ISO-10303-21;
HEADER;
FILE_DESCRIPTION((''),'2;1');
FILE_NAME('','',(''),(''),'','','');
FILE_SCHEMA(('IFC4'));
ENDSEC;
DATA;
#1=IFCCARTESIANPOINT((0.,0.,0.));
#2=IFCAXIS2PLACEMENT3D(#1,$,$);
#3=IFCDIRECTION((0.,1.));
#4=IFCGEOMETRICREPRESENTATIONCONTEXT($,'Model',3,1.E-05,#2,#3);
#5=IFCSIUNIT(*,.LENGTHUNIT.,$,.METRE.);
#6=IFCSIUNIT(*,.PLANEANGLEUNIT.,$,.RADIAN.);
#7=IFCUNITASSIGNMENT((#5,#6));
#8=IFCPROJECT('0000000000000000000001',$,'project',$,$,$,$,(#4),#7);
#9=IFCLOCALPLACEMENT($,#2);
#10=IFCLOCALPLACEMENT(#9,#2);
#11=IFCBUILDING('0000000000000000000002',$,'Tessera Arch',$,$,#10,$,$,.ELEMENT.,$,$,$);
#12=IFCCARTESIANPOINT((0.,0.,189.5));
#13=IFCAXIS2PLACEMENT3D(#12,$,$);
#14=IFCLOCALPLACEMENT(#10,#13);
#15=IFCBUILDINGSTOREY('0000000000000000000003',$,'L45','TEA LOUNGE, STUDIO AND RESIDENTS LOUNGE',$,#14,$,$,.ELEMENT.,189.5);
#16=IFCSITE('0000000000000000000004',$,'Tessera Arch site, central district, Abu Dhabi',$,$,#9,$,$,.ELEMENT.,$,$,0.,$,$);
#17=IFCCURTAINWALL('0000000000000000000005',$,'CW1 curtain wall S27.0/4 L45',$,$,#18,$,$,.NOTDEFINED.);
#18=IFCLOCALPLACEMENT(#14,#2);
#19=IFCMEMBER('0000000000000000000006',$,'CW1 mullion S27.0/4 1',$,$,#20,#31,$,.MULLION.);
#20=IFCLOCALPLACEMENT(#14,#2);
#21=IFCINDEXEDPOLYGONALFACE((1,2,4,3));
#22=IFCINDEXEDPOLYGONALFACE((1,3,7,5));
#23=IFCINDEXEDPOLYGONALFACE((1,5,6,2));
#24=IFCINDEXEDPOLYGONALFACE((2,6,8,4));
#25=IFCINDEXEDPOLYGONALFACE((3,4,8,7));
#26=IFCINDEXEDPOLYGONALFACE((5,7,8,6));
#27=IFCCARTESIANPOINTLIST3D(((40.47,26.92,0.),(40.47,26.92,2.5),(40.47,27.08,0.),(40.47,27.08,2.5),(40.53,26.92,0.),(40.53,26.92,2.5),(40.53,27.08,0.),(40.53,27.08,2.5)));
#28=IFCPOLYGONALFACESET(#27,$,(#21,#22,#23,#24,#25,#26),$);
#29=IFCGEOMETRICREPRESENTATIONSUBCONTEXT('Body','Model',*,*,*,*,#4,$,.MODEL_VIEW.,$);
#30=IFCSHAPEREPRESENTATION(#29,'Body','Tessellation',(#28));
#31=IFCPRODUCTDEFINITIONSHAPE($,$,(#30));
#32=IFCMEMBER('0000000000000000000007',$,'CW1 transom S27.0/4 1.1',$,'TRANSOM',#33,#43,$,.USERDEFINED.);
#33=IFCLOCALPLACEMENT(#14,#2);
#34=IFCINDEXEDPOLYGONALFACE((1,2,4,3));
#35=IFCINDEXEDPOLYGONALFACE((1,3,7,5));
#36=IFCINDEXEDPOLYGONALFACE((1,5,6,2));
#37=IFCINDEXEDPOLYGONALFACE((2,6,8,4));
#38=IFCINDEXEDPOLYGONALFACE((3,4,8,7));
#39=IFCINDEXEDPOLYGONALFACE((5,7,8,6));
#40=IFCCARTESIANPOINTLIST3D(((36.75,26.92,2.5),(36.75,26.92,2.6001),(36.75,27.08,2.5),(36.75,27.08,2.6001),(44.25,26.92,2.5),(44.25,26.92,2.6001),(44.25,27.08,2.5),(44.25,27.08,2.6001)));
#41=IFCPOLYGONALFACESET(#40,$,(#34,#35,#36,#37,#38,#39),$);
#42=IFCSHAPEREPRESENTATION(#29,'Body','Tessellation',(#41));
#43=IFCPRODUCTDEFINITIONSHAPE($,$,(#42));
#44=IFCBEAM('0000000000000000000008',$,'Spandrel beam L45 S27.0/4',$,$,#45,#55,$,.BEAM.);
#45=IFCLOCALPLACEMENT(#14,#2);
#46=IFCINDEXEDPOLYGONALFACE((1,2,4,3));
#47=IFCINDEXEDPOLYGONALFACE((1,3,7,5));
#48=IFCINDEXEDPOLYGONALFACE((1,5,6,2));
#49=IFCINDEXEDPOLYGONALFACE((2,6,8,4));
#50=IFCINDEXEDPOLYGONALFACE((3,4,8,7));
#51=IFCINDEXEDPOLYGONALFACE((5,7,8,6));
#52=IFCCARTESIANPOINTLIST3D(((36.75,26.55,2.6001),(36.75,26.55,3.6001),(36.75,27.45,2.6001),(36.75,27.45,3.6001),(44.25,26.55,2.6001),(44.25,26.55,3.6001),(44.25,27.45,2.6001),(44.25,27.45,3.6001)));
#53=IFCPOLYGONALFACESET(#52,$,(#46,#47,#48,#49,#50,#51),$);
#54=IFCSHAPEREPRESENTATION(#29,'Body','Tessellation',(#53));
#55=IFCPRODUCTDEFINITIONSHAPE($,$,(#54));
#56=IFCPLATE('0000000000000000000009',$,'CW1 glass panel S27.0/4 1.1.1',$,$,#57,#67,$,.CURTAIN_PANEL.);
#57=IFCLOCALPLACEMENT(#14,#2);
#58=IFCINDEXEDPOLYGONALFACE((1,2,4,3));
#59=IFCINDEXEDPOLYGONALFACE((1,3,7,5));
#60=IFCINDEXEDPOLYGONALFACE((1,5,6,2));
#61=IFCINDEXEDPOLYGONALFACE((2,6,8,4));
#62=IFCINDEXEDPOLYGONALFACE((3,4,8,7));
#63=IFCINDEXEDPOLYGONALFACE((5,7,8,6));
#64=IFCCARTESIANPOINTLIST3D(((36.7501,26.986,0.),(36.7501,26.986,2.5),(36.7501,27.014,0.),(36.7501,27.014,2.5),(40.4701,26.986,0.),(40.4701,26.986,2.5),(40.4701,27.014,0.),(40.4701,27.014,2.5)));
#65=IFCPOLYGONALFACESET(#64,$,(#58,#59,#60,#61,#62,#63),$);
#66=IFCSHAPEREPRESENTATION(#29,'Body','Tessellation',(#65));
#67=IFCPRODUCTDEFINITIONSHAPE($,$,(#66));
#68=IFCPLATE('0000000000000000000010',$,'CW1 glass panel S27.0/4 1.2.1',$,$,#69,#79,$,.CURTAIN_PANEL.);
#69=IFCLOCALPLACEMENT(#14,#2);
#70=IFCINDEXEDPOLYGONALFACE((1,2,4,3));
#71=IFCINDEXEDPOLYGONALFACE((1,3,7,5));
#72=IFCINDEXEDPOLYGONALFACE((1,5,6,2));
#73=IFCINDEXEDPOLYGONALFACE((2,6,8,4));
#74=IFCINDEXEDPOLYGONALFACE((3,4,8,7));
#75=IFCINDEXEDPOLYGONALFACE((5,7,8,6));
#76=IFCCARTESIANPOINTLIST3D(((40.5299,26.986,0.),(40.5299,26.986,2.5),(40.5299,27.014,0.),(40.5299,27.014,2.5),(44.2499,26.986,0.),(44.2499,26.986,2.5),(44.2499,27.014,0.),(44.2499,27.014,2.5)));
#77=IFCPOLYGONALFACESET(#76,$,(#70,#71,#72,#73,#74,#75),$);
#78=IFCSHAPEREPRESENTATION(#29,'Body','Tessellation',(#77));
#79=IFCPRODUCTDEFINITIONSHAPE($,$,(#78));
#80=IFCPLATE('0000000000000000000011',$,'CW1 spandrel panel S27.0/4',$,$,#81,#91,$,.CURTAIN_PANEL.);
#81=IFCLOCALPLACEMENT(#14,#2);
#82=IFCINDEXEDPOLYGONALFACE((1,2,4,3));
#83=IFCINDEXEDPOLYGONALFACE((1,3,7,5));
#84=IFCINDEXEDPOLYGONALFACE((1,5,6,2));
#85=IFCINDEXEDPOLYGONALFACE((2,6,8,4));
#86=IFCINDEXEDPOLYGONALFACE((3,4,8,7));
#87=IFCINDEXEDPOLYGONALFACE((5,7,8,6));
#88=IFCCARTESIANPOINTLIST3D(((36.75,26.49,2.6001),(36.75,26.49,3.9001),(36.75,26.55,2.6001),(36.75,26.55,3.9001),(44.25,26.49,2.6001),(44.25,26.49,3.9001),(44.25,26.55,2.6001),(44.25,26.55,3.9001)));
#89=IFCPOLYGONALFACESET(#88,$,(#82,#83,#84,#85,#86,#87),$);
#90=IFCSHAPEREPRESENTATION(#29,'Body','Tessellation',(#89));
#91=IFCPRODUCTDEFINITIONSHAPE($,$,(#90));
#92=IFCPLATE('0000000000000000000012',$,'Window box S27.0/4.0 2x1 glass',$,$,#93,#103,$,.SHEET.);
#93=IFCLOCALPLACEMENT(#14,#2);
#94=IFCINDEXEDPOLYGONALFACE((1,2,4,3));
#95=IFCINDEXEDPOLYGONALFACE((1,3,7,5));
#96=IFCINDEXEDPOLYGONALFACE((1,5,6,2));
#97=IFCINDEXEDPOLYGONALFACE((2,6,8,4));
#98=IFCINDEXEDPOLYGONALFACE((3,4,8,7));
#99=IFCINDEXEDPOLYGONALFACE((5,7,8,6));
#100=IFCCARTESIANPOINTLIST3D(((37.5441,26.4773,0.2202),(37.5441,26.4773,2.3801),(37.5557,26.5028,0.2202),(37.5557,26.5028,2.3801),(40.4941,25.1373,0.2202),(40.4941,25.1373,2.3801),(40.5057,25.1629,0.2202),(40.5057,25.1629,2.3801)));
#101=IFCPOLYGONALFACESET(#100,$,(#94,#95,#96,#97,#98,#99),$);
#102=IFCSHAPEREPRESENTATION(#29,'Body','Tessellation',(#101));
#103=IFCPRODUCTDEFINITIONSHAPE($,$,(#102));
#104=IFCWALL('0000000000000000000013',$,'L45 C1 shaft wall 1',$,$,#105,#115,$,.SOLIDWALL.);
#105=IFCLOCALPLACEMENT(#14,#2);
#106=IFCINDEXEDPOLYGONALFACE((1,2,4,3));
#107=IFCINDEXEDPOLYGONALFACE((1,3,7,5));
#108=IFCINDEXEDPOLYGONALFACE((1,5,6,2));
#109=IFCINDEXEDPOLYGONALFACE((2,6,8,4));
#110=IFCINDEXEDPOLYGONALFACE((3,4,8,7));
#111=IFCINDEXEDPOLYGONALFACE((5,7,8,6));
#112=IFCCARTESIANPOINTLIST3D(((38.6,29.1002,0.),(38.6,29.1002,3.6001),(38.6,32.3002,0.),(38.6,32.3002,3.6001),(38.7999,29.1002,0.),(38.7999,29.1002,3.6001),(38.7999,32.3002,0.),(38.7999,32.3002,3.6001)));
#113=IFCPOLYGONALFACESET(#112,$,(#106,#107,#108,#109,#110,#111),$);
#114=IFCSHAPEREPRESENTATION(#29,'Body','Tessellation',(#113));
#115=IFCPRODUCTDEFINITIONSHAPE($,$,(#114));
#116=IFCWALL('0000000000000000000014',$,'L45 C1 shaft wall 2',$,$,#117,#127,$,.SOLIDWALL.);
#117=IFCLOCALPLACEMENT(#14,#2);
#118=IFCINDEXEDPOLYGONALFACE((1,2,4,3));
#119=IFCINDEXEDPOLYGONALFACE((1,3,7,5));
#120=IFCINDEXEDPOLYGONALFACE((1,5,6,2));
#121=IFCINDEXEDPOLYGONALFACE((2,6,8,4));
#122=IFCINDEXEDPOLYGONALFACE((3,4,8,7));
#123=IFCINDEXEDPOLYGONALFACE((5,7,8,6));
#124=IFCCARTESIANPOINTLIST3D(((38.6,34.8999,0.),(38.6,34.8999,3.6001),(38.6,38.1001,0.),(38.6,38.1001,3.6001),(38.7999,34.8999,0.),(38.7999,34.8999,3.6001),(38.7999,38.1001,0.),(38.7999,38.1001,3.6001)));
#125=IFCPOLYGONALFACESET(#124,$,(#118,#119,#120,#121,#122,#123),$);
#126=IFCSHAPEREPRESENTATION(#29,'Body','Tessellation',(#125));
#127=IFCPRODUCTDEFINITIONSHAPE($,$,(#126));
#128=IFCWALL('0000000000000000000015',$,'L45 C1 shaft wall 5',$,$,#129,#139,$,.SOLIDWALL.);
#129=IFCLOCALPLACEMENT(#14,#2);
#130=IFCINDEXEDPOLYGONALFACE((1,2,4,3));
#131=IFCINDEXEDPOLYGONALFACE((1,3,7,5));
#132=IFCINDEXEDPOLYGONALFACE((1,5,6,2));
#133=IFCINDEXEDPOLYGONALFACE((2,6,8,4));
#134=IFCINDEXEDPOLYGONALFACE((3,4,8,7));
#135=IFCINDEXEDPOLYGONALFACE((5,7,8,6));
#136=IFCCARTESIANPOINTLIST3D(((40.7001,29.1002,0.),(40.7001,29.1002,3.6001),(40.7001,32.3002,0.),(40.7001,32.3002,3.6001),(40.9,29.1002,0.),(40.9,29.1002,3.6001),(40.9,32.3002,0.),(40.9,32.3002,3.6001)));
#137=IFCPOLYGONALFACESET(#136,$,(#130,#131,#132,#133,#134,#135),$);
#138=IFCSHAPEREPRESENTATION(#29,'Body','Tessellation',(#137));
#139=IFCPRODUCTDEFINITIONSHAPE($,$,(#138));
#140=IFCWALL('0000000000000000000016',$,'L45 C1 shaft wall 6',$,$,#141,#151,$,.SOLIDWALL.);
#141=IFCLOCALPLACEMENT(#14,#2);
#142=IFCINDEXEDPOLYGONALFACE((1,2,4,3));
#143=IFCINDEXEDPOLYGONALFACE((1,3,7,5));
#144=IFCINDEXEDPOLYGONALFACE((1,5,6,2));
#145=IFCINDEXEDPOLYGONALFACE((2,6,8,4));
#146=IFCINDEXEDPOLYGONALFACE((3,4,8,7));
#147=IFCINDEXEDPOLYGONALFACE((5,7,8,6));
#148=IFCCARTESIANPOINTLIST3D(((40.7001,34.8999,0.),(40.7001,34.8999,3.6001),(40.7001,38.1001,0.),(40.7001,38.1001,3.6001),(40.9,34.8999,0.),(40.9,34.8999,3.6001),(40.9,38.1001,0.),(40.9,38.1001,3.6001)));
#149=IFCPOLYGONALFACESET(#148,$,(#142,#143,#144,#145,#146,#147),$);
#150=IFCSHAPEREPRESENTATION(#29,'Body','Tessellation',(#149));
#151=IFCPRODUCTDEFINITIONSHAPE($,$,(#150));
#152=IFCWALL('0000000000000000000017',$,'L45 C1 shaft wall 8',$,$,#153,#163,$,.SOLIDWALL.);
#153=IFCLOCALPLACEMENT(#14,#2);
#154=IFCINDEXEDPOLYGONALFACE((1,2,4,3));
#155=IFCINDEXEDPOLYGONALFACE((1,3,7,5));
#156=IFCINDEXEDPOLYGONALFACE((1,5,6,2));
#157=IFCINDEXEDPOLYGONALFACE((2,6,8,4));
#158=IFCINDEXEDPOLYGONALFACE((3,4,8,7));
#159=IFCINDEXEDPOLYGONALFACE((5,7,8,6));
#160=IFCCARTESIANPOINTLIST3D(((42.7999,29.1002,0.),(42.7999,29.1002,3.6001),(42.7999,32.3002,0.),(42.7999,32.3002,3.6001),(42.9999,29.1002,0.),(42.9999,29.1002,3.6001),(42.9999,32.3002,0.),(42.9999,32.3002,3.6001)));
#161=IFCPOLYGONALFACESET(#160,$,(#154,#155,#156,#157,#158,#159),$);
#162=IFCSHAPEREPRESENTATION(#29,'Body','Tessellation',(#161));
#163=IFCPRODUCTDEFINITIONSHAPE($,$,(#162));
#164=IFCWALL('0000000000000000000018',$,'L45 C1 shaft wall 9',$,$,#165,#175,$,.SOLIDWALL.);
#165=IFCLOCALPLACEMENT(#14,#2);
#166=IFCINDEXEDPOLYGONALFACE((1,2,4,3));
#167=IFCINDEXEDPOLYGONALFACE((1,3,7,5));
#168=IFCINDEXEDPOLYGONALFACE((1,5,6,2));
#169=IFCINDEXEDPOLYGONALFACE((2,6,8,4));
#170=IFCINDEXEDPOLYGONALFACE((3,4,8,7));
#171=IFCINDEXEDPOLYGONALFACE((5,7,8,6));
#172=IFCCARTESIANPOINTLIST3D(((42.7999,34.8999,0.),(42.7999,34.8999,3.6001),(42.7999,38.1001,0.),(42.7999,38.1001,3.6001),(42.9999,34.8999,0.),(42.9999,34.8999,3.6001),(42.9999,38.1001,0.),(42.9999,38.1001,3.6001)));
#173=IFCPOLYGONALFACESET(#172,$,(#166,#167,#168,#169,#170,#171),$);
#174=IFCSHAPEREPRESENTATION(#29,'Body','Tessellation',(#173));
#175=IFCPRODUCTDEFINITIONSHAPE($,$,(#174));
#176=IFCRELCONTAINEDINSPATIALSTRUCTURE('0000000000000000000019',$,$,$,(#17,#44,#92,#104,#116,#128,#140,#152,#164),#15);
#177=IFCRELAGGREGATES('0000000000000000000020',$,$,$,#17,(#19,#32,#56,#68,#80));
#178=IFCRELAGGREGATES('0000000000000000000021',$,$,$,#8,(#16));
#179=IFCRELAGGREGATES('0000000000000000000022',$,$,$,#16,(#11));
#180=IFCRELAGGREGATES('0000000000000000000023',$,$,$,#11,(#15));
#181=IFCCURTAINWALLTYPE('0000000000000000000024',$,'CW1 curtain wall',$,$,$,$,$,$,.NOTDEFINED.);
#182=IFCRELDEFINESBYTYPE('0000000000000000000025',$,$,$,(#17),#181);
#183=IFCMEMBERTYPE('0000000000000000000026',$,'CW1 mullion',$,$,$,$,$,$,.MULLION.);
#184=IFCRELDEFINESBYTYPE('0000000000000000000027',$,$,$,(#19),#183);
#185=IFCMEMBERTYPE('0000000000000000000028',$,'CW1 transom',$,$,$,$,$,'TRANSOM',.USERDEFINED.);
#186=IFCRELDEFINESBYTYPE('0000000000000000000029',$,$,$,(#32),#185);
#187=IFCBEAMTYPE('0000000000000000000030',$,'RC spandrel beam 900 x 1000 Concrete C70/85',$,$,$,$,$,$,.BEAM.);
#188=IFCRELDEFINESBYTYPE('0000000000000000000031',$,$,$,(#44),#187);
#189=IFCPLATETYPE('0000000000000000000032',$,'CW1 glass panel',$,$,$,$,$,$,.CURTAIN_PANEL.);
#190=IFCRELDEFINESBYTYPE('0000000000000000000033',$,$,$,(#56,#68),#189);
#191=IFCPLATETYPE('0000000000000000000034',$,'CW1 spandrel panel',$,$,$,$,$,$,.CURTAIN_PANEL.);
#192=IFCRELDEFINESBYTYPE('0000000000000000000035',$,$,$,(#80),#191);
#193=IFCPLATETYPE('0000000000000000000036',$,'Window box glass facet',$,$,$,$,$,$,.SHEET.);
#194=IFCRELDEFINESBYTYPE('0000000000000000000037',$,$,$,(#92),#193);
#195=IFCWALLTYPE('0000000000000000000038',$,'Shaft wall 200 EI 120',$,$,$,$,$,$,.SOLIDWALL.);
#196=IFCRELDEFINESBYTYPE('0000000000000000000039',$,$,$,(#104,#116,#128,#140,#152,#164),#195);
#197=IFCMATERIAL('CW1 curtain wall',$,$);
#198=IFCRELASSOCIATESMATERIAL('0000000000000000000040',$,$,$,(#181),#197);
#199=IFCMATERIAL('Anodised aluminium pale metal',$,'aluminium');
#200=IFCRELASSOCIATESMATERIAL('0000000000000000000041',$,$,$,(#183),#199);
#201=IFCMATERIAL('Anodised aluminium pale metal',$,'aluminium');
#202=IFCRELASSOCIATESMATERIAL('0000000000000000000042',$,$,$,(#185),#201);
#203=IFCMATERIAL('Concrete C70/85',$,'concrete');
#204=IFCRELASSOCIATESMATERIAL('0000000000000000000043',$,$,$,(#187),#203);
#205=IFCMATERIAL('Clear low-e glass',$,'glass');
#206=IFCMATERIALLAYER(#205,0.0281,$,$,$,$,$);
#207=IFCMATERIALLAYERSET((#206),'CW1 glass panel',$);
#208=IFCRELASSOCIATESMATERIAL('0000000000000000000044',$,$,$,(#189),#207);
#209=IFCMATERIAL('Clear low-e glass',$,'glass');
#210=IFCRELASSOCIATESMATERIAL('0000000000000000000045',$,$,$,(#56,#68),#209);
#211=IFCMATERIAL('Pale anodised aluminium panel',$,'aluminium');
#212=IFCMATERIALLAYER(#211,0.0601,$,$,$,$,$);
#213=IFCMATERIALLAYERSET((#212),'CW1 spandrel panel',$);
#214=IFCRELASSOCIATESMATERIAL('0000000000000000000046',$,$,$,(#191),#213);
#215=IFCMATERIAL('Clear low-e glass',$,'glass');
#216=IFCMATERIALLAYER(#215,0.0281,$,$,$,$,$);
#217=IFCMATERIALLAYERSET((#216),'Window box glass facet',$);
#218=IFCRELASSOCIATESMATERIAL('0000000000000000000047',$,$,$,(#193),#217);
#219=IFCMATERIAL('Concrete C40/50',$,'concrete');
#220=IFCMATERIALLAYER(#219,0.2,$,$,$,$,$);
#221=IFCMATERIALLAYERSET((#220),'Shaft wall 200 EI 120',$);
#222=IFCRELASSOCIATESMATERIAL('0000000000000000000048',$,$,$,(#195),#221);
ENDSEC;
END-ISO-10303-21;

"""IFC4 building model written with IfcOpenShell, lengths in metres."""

from ifc_helpers import new_model, si_unit, direction, frame, frame_2d, origin, origin_2d, place, context, subcontext, project, spatial, rectangle, extrude, material, layer, layer_set, material_profile, profile_set, type_object, element, aggregate, save


model = new_model("IFC4")

# Units and contexts
model_context = context("Model", 3, precision=1e-05, world=origin(), true_north=direction((0.0, 1.0)))
body_context = subcontext(model_context, "Body", "Model", "MODEL_VIEW")
ifc_project = project(units=[si_unit("LENGTHUNIT", "METRE"), si_unit("PLANEANGLEUNIT", "RADIAN")], contexts=[model_context])

# Site, building, storey
site_placement = place(None, origin())
site = spatial("IfcSite", under=ifc_project, at=site_placement, Name="Tessera Arch site, central district, Abu Dhabi", CompositionType="ELEMENT", RefElevation=0.0)
building_placement = place(site_placement, origin())
building = spatial("IfcBuilding", under=site, at=building_placement, Name="Tessera Arch", CompositionType="ELEMENT")
storey_placement = place(building_placement, frame((0.0, 0.0, 189.5)))
storey = spatial("IfcBuildingStorey", under=building, at=storey_placement, Name="L45", Description="TEA LOUNGE, STUDIO AND RESIDENTS LOUNGE", CompositionType="ELEMENT", Elevation=189.5)

# Curtain wall, members
ifc_material_1 = material(Name="CW1 curtain wall")
curtain_wall_type = type_object("IfcCurtainWallType", Name="CW1 curtain wall", PredefinedType="NOTDEFINED", material=ifc_material_1)
curtain_wall_placement = place(storey_placement, origin())
curtain_wall = element("IfcCurtainWall", 1, at=curtain_wall_placement, inside=storey, type_object=curtain_wall_type, Name="CW1 curtain wall S27.0/4 L45", PredefinedType="NOTDEFINED")
ifc_material_2 = material(Name="Anodised aluminium pale metal", Category="aluminium")
ifc_material_profile_1 = material_profile(ifc_material_2, rectangle(XDim=0.1599, YDim=0.0601, at=origin_2d()), Name="AL 60x160")
ifc_profile_set_1 = profile_set([ifc_material_profile_1], Name="Anodised aluminium pale metal")
member_type_1 = type_object("IfcMemberType", Name="CW1 mullion", PredefinedType="MULLION", material=ifc_profile_set_1)
member_1_placement = place(storey_placement, frame((40.5, 27.0, 0.0), z_axis=(0.0, 0.0, 1.0), x_axis=(0.0, 1.0, 0.0)))
member_1 = element("IfcMember", 2, at=member_1_placement, type_object=member_type_1, Name="CW1 mullion S27.0/4 1", PredefinedType="MULLION", context=body_context, shape_type="SweptSolid", body=[
    extrude(rectangle(XDim=0.1599, YDim=0.0601, at=origin_2d()), origin(), (0.0, 0.0, 1.0), 2.5),
])
ifc_material_3 = material(Name="Anodised aluminium pale metal", Category="aluminium")
ifc_material_profile_2 = material_profile(ifc_material_3, rectangle(XDim=0.1599, YDim=0.1001, at=origin_2d()), Name="AL 160x100")
ifc_profile_set_2 = profile_set([ifc_material_profile_2], Name="Anodised aluminium pale metal")
member_type_2 = type_object("IfcMemberType", Name="CW1 transom", ElementType="TRANSOM", PredefinedType="USERDEFINED", material=ifc_profile_set_2)
member_2_placement = place(storey_placement, frame((36.75, 27.0, 2.55), z_axis=(1.0, 0.0, 0.0), x_axis=(0.0, 1.0, 0.0)))
member_2 = element("IfcMember", 3, at=member_2_placement, type_object=member_type_2, Name="CW1 transom S27.0/4 1.1", ObjectType="TRANSOM", PredefinedType="USERDEFINED", context=body_context, shape_type="SweptSolid", body=[
    extrude(rectangle(XDim=0.1599, YDim=0.1001, at=origin_2d()), origin(), (0.0, 0.0, 1.0), 7.5),
])

# Beam
ifc_material_4 = material(Name="Concrete C70/85", Category="concrete")
ifc_material_profile_3 = material_profile(ifc_material_4, rectangle(XDim=0.8999, YDim=1.0, at=origin_2d()), Name="RC spandrel beam 900 x 1000 Concrete C70/85")
ifc_profile_set_3 = profile_set([ifc_material_profile_3], Name="Concrete C70/85")
beam_type = type_object("IfcBeamType", Name="RC spandrel beam 900 x 1000 Concrete C70/85", PredefinedType="BEAM", material=ifc_profile_set_3)
beam_placement = place(storey_placement, frame((36.75, 27.0, 3.1001), z_axis=(1.0, 0.0, 0.0), x_axis=(0.0, 1.0, 0.0)))
element("IfcBeam", 4, at=beam_placement, inside=storey, type_object=beam_type, Name="Spandrel beam L45 S27.0/4", PredefinedType="BEAM", context=body_context, shape_type="SweptSolid", body=[
    extrude(rectangle(XDim=0.8999, YDim=1.0, at=origin_2d()), origin(), (0.0, 0.0, 1.0), 7.5),
])

# Plates
ifc_material_5 = material(Name="Clear low-e glass", Category="glass")
ifc_material_6 = material(Name="Clear low-e glass", Category="glass")
ifc_layer_1 = layer(ifc_material_6, 0.0281)
ifc_layer_set_1 = layer_set([ifc_layer_1], Name="CW1 glass panel")
plate_type_1 = type_object("IfcPlateType", Name="CW1 glass panel", PredefinedType="CURTAIN_PANEL", material=ifc_layer_set_1)
plate_1_placement = place(storey_placement, frame((38.6101, 27.0, 0.0), z_axis=(0.0, 0.0, 1.0), x_axis=(1.0, 0.0, 0.0)))
plate_1 = element("IfcPlate", 5, at=plate_1_placement, type_object=plate_type_1, material=ifc_material_5, Name="CW1 glass panel S27.0/4 1.1.1", PredefinedType="CURTAIN_PANEL", context=body_context, shape_type="SweptSolid", body=[
    extrude(rectangle(XDim=3.72, YDim=0.0281, at=origin_2d()), origin(), (0.0, 0.0, 1.0), 2.5),
])
plate_2_placement = place(storey_placement, frame((42.3899, 27.0, 0.0), z_axis=(0.0, 0.0, 1.0), x_axis=(1.0, 0.0, 0.0)))
plate_2 = element("IfcPlate", 6, at=plate_2_placement, type_object=plate_type_1, material=ifc_material_5, Name="CW1 glass panel S27.0/4 1.2.1", PredefinedType="CURTAIN_PANEL", context=body_context, shape_type="SweptSolid", body=[
    extrude(rectangle(XDim=3.72, YDim=0.0281, at=origin_2d()), origin(), (0.0, 0.0, 1.0), 2.5),
])
ifc_material_7 = material(Name="Pale anodised aluminium panel", Category="aluminium")
ifc_layer_2 = layer(ifc_material_7, 0.0601)
ifc_layer_set_2 = layer_set([ifc_layer_2], Name="CW1 spandrel panel")
plate_type_2 = type_object("IfcPlateType", Name="CW1 spandrel panel", PredefinedType="CURTAIN_PANEL", material=ifc_layer_set_2)
plate_3_placement = place(storey_placement, frame((40.5, 26.52, 2.6001), z_axis=(0.0, 0.0, 1.0), x_axis=(1.0, 0.0, 0.0)))
plate_3 = element("IfcPlate", 7, at=plate_3_placement, type_object=plate_type_2, Name="CW1 spandrel panel S27.0/4", PredefinedType="CURTAIN_PANEL", context=body_context, shape_type="SweptSolid", body=[
    extrude(rectangle(XDim=7.5, YDim=0.0601, at=origin_2d()), origin(), (0.0, 0.0, 1.0), 1.3),
])
aggregate(curtain_wall, [member_1, member_2, plate_1, plate_2, plate_3])
ifc_material_8 = material(Name="Clear low-e glass", Category="glass")
ifc_layer_3 = layer(ifc_material_8, 0.0281)
ifc_layer_set_3 = layer_set([ifc_layer_3], Name="Window box glass facet")
plate_type_3 = type_object("IfcPlateType", Name="Window box glass facet", PredefinedType="SHEET", material=ifc_layer_set_3)
plate_4_placement = place(storey_placement, frame((39.0249, 25.8201, 0.2202), z_axis=(0.0, 0.0, 1.0), x_axis=(0.910472, -0.41357, 0.0)))
element("IfcPlate", 8, at=plate_4_placement, inside=storey, type_object=plate_type_3, Name="Window box S27.0/4.0 2x1 glass", PredefinedType="SHEET", context=body_context, shape_type="SweptSolid", body=[
    extrude(rectangle(XDim=3.24, YDim=0.0281, at=origin_2d()), origin(), (0.0, 0.0, 1.0), 2.1599),
])

# Walls
ifc_material_9 = material(Name="Concrete C40/50", Category="concrete")
ifc_layer_4 = layer(ifc_material_9, 0.2)
ifc_layer_set_4 = layer_set([ifc_layer_4], Name="Shaft wall 200 EI 120")
wall_type = type_object("IfcWallType", Name="Shaft wall 200 EI 120", PredefinedType="SOLIDWALL", material=ifc_layer_set_4)
wall_1_placement = place(storey_placement, frame((38.7, 29.1001, 0.0), z_axis=(0.0, 0.0, 1.0), x_axis=(0.0, 1.0, 0.0)))
element("IfcWall", 9, at=wall_1_placement, inside=storey, type_object=wall_type, Name="L45 C1 shaft wall 1", PredefinedType="SOLIDWALL", context=body_context, shape_type="SweptSolid", body=[
    extrude(rectangle(XDim=3.2, YDim=0.2, at=frame_2d((1.6001, 0.0))), origin(), (0.0, 0.0, 1.0), 3.6001),
])
wall_2_placement = place(storey_placement, frame((38.7, 34.8999, 0.0), z_axis=(0.0, 0.0, 1.0), x_axis=(0.0, 1.0, 0.0)))
element("IfcWall", 10, at=wall_2_placement, inside=storey, type_object=wall_type, Name="L45 C1 shaft wall 2", PredefinedType="SOLIDWALL", context=body_context, shape_type="SweptSolid", body=[
    extrude(rectangle(XDim=3.2002, YDim=0.2, at=frame_2d((1.6001, 0.0))), origin(), (0.0, 0.0, 1.0), 3.6001),
])
wall_3_placement = place(storey_placement, frame((40.8, 29.1001, 0.0), z_axis=(0.0, 0.0, 1.0), x_axis=(0.0, 1.0, 0.0)))
element("IfcWall", 11, at=wall_3_placement, inside=storey, type_object=wall_type, Name="L45 C1 shaft wall 5", PredefinedType="SOLIDWALL", context=body_context, shape_type="SweptSolid", body=[
    extrude(rectangle(XDim=3.2, YDim=0.2, at=frame_2d((1.6001, 0.0))), origin(), (0.0, 0.0, 1.0), 3.6001),
])
wall_4_placement = place(storey_placement, frame((40.8, 34.8999, 0.0), z_axis=(0.0, 0.0, 1.0), x_axis=(0.0, 1.0, 0.0)))
element("IfcWall", 12, at=wall_4_placement, inside=storey, type_object=wall_type, Name="L45 C1 shaft wall 6", PredefinedType="SOLIDWALL", context=body_context, shape_type="SweptSolid", body=[
    extrude(rectangle(XDim=3.2002, YDim=0.2, at=frame_2d((1.6001, 0.0))), origin(), (0.0, 0.0, 1.0), 3.6001),
])
wall_5_placement = place(storey_placement, frame((42.8999, 29.1001, 0.0), z_axis=(0.0, 0.0, 1.0), x_axis=(0.0, 1.0, 0.0)))
element("IfcWall", 13, at=wall_5_placement, inside=storey, type_object=wall_type, Name="L45 C1 shaft wall 8", PredefinedType="SOLIDWALL", context=body_context, shape_type="SweptSolid", body=[
    extrude(rectangle(XDim=3.2, YDim=0.2, at=frame_2d((1.6001, 0.0))), origin(), (0.0, 0.0, 1.0), 3.6001),
])
wall_6_placement = place(storey_placement, frame((42.8999, 34.8999, 0.0), z_axis=(0.0, 0.0, 1.0), x_axis=(0.0, 1.0, 0.0)))
element("IfcWall", 14, at=wall_6_placement, inside=storey, type_object=wall_type, Name="L45 C1 shaft wall 9", PredefinedType="SOLIDWALL", context=body_context, shape_type="SweptSolid", body=[
    extrude(rectangle(XDim=3.2002, YDim=0.2, at=frame_2d((1.6001, 0.0))), origin(), (0.0, 0.0, 1.0), 3.6001),
])

save(model, "model.ifc")
